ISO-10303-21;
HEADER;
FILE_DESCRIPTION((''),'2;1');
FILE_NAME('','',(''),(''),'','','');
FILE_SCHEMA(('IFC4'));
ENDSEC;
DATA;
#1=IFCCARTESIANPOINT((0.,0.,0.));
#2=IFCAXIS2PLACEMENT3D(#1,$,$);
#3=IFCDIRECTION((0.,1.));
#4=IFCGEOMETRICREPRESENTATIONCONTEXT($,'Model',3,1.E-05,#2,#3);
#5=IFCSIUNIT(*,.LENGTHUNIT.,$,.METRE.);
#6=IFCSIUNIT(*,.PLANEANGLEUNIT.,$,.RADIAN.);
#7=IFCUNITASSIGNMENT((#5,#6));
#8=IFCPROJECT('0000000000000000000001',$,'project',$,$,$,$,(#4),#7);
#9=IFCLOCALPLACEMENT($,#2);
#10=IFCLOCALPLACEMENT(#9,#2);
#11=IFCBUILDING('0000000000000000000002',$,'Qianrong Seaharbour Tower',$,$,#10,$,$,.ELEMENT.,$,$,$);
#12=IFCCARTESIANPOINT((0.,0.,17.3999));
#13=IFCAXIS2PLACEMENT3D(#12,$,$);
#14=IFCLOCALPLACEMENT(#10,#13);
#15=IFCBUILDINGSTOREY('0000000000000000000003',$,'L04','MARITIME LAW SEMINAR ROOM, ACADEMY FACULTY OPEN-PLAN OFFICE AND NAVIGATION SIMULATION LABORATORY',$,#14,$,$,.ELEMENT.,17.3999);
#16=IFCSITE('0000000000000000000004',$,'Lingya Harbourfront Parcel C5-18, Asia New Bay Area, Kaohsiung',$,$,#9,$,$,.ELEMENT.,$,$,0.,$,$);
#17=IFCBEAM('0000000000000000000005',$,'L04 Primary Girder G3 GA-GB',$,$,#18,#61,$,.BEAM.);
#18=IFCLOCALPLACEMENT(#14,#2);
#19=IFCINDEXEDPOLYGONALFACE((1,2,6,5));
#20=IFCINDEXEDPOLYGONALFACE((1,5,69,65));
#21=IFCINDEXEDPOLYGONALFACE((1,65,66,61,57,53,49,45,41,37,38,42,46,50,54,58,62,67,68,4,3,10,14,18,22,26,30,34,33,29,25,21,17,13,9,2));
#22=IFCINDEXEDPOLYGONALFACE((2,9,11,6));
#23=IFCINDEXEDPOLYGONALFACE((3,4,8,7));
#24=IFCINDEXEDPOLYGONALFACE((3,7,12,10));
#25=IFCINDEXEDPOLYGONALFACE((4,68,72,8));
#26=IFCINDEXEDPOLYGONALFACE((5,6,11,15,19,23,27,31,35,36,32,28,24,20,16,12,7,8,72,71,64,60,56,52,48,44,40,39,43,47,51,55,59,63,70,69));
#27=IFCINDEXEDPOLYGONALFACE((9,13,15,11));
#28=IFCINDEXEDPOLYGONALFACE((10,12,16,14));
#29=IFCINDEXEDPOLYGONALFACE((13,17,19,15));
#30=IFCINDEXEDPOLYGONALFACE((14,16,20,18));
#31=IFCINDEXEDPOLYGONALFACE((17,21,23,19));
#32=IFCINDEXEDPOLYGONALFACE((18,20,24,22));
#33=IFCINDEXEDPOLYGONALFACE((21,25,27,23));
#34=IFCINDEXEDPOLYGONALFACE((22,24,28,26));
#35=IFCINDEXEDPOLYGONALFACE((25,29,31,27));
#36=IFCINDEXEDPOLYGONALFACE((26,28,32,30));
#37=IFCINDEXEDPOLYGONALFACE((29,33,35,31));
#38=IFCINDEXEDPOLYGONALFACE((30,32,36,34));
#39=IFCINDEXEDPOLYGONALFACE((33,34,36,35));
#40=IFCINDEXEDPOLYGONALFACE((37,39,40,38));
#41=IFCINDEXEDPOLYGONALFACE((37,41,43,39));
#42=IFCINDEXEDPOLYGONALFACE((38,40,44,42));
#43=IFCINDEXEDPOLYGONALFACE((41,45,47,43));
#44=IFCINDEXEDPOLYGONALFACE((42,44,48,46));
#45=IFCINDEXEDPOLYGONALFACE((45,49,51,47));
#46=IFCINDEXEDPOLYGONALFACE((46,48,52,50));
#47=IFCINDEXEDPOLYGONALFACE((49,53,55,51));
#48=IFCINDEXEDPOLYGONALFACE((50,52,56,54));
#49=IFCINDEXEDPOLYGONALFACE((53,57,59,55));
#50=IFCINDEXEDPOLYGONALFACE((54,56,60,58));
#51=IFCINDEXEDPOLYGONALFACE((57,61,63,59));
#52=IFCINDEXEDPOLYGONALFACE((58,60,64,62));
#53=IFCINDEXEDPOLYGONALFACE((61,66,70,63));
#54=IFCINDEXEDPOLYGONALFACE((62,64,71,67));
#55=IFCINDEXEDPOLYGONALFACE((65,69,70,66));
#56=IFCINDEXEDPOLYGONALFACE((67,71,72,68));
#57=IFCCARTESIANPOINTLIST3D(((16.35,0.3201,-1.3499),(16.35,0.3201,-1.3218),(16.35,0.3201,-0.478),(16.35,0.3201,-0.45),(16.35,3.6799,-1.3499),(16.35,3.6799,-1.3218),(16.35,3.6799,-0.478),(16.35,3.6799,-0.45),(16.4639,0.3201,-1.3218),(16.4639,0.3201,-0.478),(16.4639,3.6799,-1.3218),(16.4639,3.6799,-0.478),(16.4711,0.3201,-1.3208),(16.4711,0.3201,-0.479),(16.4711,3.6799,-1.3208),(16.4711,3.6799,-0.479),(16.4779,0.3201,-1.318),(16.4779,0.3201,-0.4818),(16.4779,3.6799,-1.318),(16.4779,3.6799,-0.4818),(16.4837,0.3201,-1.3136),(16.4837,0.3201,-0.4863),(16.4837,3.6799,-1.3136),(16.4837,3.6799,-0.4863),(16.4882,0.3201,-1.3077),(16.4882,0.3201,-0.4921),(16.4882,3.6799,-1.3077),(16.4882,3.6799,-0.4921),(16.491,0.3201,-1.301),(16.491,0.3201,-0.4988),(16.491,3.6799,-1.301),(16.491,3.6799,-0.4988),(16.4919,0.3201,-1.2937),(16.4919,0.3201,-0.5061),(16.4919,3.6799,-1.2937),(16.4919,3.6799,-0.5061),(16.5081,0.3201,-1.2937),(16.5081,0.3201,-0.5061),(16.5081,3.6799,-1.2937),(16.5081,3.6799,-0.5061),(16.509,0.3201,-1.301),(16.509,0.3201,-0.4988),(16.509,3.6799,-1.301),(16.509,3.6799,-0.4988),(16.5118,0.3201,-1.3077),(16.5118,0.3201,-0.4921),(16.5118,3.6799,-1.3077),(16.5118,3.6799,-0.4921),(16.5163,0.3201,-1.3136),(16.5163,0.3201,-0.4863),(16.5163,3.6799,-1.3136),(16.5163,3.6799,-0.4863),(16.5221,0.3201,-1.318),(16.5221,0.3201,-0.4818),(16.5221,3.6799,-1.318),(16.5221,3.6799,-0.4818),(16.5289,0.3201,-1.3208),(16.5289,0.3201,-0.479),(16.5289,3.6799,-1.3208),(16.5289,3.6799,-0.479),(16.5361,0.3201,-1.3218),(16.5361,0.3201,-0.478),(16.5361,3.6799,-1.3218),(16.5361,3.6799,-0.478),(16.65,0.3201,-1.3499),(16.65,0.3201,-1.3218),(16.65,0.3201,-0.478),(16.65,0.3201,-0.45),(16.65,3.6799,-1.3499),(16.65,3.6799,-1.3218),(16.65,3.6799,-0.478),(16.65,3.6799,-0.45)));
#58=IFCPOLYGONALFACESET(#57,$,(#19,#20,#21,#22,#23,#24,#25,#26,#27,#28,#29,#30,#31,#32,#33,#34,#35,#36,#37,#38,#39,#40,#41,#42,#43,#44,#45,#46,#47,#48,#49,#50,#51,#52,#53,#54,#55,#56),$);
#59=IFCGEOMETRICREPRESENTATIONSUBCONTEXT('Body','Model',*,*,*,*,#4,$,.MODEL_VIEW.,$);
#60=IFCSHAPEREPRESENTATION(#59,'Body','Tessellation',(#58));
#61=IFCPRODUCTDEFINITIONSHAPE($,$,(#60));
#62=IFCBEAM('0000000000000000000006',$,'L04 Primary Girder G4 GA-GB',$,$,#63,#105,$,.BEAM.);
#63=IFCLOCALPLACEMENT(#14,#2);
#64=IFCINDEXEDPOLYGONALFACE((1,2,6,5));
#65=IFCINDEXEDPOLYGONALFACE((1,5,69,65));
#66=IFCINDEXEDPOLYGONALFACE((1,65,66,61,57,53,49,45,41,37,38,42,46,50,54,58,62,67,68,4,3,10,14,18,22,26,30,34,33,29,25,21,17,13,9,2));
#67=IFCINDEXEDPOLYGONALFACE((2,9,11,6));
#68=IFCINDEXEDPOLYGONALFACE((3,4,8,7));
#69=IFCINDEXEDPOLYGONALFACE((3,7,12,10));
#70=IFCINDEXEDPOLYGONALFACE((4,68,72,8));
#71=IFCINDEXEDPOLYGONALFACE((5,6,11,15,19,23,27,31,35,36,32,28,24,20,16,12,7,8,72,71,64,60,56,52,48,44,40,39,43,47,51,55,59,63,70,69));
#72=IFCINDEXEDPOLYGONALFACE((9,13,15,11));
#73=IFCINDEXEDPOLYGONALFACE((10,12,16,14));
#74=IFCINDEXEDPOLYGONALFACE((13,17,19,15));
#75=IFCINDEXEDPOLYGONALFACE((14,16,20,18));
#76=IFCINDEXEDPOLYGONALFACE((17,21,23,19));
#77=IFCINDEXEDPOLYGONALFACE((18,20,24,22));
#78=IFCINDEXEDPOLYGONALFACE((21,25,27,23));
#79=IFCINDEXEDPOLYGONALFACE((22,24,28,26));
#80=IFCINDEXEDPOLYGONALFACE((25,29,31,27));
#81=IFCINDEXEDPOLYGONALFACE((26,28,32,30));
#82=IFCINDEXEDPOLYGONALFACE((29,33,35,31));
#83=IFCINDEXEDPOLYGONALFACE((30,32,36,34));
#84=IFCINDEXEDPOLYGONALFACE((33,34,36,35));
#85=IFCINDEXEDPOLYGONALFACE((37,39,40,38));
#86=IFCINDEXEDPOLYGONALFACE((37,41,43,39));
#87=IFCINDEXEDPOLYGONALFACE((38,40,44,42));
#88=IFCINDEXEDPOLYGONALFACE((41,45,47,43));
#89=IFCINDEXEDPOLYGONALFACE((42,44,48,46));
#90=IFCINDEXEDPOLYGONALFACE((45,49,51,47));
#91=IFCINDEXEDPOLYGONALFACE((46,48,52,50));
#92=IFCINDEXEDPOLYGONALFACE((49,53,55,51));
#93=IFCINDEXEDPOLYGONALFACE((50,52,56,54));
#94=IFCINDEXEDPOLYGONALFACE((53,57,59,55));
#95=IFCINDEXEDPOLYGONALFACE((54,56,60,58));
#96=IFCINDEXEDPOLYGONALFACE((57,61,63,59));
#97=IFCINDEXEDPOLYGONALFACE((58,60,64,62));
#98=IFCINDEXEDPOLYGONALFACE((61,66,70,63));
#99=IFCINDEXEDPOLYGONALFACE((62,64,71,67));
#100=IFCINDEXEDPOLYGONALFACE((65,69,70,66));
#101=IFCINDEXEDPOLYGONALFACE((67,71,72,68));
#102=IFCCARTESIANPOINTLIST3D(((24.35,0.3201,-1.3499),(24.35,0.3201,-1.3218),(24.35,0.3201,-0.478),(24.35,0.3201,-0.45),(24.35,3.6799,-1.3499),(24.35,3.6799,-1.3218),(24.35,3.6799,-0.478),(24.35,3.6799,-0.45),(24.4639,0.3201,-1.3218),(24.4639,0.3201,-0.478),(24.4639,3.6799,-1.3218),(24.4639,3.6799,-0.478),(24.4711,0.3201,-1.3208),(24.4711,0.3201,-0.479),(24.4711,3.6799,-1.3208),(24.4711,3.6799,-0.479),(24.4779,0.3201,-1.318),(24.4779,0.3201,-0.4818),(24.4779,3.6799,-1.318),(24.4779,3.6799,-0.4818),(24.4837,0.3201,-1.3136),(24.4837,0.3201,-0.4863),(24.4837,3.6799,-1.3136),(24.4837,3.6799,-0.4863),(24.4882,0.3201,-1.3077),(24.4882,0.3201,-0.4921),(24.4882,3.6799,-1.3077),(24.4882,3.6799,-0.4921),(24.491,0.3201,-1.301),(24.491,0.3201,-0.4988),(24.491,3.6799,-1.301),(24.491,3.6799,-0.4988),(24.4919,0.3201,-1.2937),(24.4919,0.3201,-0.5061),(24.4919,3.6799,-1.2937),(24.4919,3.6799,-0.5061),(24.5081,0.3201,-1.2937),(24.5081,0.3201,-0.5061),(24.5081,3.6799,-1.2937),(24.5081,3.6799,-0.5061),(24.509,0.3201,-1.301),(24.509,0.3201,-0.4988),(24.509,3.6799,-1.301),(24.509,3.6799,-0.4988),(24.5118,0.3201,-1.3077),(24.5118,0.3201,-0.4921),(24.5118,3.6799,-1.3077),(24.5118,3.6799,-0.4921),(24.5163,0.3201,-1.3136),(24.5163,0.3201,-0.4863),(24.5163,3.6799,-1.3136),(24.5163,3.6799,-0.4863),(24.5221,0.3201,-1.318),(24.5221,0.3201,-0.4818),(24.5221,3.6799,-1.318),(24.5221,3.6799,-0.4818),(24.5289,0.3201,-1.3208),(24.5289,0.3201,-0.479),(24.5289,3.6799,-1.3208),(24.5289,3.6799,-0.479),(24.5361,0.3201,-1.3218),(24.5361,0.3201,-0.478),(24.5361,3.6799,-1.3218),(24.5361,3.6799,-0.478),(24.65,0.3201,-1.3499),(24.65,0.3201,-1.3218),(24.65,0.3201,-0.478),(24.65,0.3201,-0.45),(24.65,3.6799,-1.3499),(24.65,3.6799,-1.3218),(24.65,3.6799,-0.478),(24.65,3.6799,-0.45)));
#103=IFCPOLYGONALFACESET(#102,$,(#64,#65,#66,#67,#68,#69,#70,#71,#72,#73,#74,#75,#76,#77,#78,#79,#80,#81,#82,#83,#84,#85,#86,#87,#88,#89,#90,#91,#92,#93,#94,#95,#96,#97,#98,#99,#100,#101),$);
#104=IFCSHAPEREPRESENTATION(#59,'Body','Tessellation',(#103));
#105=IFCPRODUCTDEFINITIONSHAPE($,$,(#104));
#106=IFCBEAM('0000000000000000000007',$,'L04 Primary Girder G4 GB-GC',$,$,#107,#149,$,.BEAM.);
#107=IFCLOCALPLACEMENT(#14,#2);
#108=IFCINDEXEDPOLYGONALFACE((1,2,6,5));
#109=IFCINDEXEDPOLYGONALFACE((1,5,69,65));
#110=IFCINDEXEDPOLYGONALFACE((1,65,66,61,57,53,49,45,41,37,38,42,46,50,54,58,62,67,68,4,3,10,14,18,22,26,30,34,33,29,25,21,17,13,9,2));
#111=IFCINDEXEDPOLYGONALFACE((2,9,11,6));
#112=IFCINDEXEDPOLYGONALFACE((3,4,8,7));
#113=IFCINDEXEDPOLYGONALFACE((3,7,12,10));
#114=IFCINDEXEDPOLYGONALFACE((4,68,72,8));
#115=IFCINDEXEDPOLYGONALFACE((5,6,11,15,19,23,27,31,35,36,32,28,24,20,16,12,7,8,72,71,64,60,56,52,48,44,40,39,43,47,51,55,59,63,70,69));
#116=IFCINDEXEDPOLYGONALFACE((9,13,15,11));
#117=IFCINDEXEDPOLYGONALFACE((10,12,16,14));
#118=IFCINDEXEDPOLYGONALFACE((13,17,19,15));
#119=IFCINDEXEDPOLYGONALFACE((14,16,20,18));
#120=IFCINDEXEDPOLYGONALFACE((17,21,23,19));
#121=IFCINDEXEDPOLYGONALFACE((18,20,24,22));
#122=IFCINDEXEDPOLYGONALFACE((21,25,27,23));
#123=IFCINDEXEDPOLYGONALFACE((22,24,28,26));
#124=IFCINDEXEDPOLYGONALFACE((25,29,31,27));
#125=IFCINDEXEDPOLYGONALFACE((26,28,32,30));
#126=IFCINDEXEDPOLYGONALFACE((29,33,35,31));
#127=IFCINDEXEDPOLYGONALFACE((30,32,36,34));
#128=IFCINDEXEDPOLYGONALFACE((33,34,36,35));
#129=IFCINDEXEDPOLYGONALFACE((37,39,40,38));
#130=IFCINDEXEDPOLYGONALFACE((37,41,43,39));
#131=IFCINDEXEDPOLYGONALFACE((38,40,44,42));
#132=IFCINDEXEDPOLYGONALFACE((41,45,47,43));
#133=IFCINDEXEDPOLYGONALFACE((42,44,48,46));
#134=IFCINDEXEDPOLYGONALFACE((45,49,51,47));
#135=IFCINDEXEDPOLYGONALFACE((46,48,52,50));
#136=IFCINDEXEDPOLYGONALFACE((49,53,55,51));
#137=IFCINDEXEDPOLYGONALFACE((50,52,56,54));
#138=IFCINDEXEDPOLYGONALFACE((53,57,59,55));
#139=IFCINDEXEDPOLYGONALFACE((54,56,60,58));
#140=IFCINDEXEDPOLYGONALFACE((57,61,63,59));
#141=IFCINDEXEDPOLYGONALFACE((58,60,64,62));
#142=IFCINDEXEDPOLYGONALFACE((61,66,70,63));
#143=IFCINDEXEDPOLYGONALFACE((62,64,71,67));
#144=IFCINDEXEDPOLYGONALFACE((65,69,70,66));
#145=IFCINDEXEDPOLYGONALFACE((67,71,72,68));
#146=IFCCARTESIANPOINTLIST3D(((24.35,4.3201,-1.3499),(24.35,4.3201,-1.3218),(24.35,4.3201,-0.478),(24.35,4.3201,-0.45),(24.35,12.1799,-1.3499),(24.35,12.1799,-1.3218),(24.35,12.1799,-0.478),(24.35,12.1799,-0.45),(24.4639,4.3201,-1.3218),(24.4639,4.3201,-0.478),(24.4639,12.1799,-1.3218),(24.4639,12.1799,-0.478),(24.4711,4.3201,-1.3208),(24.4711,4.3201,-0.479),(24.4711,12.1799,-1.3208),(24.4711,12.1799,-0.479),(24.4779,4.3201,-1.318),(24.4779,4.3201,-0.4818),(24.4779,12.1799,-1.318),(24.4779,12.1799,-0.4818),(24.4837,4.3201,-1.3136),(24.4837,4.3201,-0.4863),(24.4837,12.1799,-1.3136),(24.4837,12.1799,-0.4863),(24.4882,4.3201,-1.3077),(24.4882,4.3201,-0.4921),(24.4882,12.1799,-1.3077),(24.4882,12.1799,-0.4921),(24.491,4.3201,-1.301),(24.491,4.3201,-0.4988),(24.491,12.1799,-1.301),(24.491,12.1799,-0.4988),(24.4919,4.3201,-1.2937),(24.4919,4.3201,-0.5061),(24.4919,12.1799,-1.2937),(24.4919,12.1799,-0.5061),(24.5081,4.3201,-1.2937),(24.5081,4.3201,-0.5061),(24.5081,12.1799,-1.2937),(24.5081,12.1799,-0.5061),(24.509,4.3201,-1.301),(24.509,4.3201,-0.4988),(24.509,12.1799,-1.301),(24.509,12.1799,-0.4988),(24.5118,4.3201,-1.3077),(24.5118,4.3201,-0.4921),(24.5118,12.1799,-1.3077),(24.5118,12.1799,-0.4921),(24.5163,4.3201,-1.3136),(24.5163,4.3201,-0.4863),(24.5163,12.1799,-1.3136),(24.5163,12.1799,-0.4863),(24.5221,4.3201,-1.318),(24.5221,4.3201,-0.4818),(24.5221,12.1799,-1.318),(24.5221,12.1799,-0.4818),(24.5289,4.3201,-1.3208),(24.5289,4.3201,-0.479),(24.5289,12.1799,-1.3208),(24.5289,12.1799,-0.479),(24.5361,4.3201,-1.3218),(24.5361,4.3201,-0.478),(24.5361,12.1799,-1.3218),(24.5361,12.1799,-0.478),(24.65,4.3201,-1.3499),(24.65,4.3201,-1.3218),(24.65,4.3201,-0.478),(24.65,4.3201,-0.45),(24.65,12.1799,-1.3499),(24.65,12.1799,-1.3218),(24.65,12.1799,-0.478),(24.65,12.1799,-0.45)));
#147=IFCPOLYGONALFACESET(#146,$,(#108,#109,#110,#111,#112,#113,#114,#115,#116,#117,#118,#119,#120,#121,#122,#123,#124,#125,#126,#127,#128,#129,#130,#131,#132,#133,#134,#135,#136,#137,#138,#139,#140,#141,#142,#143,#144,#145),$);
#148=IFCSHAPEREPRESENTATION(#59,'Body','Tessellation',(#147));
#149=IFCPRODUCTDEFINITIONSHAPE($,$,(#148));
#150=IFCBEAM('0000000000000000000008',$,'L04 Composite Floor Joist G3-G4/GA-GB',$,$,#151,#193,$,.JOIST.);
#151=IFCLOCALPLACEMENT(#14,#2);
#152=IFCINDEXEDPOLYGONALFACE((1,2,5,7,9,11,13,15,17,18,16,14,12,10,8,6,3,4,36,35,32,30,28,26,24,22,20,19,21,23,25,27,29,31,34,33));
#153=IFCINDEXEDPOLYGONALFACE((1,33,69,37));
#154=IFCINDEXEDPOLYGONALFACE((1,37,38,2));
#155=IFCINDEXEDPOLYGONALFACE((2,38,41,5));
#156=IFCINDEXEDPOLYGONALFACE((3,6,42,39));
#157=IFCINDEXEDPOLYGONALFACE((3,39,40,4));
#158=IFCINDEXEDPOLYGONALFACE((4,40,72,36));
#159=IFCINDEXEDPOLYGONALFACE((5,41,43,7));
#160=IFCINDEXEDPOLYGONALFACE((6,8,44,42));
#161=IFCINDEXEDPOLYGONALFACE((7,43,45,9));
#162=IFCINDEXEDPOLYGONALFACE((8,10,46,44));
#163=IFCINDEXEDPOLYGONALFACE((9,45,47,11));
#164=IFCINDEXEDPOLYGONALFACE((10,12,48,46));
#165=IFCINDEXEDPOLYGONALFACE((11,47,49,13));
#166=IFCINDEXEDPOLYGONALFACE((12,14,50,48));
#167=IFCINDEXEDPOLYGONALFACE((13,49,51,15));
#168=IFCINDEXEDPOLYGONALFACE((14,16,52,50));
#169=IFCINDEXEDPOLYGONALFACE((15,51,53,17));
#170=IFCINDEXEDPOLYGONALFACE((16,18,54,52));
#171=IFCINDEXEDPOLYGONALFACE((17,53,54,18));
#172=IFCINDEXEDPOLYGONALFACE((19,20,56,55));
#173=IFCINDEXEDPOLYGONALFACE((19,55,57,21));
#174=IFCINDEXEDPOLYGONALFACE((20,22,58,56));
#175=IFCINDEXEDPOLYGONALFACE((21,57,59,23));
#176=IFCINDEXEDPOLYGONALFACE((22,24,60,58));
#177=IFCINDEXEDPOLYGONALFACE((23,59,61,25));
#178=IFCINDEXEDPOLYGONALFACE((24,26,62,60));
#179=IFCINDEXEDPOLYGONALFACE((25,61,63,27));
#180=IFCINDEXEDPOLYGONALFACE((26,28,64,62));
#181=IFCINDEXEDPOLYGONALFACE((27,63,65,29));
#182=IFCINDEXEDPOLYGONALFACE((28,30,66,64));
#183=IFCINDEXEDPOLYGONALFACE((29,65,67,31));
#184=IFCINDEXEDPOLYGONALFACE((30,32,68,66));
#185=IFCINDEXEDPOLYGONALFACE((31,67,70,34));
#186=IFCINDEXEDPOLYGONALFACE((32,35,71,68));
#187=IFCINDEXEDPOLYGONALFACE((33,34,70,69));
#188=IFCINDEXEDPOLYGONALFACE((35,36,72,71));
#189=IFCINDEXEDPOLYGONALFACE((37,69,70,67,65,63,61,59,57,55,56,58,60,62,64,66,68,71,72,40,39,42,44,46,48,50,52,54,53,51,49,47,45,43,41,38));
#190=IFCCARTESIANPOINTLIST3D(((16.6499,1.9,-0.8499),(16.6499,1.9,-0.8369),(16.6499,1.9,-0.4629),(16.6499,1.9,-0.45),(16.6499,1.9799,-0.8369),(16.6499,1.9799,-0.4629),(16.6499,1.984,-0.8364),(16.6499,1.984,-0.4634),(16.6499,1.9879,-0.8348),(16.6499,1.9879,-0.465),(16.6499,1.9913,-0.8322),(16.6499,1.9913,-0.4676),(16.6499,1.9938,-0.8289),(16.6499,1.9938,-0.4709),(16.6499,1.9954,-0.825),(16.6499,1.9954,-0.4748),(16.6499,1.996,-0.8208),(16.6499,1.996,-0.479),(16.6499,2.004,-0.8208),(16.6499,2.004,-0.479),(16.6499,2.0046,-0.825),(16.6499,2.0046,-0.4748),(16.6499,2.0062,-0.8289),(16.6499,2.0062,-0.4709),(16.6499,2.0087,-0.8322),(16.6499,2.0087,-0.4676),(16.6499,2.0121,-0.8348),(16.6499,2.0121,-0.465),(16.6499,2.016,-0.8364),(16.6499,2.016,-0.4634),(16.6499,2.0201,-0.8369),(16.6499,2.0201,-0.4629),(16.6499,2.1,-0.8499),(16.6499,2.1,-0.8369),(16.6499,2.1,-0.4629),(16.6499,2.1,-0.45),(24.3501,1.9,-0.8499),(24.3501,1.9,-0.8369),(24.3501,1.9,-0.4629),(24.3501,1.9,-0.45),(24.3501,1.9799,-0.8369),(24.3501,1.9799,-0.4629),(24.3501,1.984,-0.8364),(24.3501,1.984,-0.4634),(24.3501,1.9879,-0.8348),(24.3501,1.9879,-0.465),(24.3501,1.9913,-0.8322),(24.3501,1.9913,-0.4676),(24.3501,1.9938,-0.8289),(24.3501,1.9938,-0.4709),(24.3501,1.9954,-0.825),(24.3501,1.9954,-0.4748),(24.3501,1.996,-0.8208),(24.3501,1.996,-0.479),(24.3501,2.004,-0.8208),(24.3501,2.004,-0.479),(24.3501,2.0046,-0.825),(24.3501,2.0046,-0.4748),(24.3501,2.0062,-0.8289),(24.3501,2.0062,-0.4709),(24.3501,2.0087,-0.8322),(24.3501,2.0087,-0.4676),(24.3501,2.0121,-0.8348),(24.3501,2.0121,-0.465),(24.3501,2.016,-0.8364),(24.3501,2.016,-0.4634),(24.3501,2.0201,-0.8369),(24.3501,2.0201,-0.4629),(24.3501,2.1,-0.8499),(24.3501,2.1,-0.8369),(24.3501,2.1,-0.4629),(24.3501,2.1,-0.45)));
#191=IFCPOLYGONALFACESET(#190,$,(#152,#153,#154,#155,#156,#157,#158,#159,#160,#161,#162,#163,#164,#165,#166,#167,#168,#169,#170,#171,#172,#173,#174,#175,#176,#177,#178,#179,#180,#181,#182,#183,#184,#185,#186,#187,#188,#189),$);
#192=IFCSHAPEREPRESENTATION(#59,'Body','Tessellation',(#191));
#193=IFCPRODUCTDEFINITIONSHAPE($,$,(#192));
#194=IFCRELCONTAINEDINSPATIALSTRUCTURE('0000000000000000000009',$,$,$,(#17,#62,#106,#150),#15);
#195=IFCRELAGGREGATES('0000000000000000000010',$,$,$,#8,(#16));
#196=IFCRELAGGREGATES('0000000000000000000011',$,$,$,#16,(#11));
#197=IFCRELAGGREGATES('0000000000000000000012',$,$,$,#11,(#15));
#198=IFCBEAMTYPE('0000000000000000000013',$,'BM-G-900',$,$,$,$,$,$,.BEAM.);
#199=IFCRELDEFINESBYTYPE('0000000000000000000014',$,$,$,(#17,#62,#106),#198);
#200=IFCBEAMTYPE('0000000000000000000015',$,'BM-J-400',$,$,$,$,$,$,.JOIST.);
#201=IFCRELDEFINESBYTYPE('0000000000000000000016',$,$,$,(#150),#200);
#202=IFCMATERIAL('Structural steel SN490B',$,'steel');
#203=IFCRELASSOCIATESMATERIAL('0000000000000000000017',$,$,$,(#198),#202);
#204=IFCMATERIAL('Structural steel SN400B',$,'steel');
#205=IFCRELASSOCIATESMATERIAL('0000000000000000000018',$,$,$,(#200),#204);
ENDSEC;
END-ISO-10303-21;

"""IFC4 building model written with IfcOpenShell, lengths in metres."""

from ifc_helpers import new_model, si_unit, direction, frame, origin, origin_2d, place, context, subcontext, project, spatial, i_section, extrude, material, material_profile, profile_set, type_object, element, save


model = new_model("IFC4")

# Units and contexts
model_context = context("Model", 3, precision=1e-05, world=origin(), true_north=direction((0.0, 1.0)))
body_context = subcontext(model_context, "Body", "Model", "MODEL_VIEW")
ifc_project = project(units=[si_unit("LENGTHUNIT", "METRE"), si_unit("PLANEANGLEUNIT", "RADIAN")], contexts=[model_context])

# Site, building, storey
site_placement = place(None, origin())
site = spatial("IfcSite", under=ifc_project, at=site_placement, Name="Lingya Harbourfront Parcel C5-18, Asia New Bay Area, Kaohsiung", CompositionType="ELEMENT", RefElevation=0.0)
building_placement = place(site_placement, origin())
building = spatial("IfcBuilding", under=site, at=building_placement, Name="Qianrong Seaharbour Tower", CompositionType="ELEMENT")
storey_placement = place(building_placement, frame((0.0, 0.0, 17.3999)))
storey = spatial("IfcBuildingStorey", under=building, at=storey_placement, Name="L04", Description="MARITIME LAW SEMINAR ROOM, ACADEMY FACULTY OPEN-PLAN OFFICE AND NAVIGATION SIMULATION LABORATORY", CompositionType="ELEMENT", Elevation=17.3999)

# Beams
ifc_material_1 = material(Name="Structural steel SN490B", Category="steel")
ifc_material_profile_1 = material_profile(ifc_material_1, i_section(OverallWidth=0.3, OverallDepth=0.8999, WebThickness=0.0161, FlangeThickness=0.0281, FilletRadius=0.0281, at=origin_2d()), Name="H900x300x16x28")
ifc_profile_set_1 = profile_set([ifc_material_profile_1], Name="Structural steel SN490B")
beam_type_1 = type_object("IfcBeamType", Name="BM-G-900", PredefinedType="BEAM", material=ifc_profile_set_1)
for number, where, z_axis, x_axis, name in (
    (1, (16.5, 0.3201, -0.8999), (0.0, 1.0, 0.0), (-1.0, 0.0, 0.0), "L04 Primary Girder G3 GA-GB"),
    (2, (24.5, 0.3201, -0.8999), (0.0, 1.0, 0.0), (-1.0, 0.0, 0.0), "L04 Primary Girder G4 GA-GB"),
):
    element("IfcBeam", number, at=place(storey_placement, frame(where, z_axis=z_axis, x_axis=x_axis)), inside=storey, type_object=beam_type_1, Name=name, PredefinedType="BEAM", context=body_context, shape_type="SweptSolid", body=[
        extrude(i_section(OverallWidth=0.3, OverallDepth=0.8999, WebThickness=0.0161, FlangeThickness=0.0281, FilletRadius=0.0281, at=origin_2d()), origin(), (0.0, 0.0, 1.0), 3.3599),
    ])
beam_placement = place(storey_placement, frame((24.5, 4.3201, -0.8999), z_axis=(0.0, 1.0, 0.0), x_axis=(-1.0, 0.0, 0.0)))
element("IfcBeam", 3, at=beam_placement, inside=storey, type_object=beam_type_1, Name="L04 Primary Girder G4 GB-GC", PredefinedType="BEAM", context=body_context, shape_type="SweptSolid", body=[
    extrude(i_section(OverallWidth=0.3, OverallDepth=0.8999, WebThickness=0.0161, FlangeThickness=0.0281, FilletRadius=0.0281, at=origin_2d()), origin(), (0.0, 0.0, 1.0), 7.8599),
])
ifc_material_2 = material(Name="Structural steel SN400B", Category="steel")
ifc_material_profile_2 = material_profile(ifc_material_2, i_section(OverallWidth=0.2, OverallDepth=0.3999, WebThickness=0.0081, FlangeThickness=0.0129, FilletRadius=0.0161, at=origin_2d()), Name="H400x200x8x13")
ifc_profile_set_2 = profile_set([ifc_material_profile_2], Name="Structural steel SN400B")
beam_type_2 = type_object("IfcBeamType", Name="BM-J-400", PredefinedType="JOIST", material=ifc_profile_set_2)
for number, where, z_axis, x_axis, name in (
    (4, (16.6499, 2.0, -0.6499), (1.0, 0.0, 0.0), (0.0, 1.0, 0.0), "L04 Composite Floor Joist G3-G4/GA-GB"),
):
    element("IfcBeam", number, at=place(storey_placement, frame(where, z_axis=z_axis, x_axis=x_axis)), inside=storey, type_object=beam_type_2, Name=name, PredefinedType="JOIST", context=body_context, shape_type="SweptSolid", body=[
        extrude(i_section(OverallWidth=0.2, OverallDepth=0.3999, WebThickness=0.0081, FlangeThickness=0.0129, FilletRadius=0.0161, at=origin_2d()), origin(), (0.0, 0.0, 1.0), 7.7002),
    ])

save(model, "model.ifc")
